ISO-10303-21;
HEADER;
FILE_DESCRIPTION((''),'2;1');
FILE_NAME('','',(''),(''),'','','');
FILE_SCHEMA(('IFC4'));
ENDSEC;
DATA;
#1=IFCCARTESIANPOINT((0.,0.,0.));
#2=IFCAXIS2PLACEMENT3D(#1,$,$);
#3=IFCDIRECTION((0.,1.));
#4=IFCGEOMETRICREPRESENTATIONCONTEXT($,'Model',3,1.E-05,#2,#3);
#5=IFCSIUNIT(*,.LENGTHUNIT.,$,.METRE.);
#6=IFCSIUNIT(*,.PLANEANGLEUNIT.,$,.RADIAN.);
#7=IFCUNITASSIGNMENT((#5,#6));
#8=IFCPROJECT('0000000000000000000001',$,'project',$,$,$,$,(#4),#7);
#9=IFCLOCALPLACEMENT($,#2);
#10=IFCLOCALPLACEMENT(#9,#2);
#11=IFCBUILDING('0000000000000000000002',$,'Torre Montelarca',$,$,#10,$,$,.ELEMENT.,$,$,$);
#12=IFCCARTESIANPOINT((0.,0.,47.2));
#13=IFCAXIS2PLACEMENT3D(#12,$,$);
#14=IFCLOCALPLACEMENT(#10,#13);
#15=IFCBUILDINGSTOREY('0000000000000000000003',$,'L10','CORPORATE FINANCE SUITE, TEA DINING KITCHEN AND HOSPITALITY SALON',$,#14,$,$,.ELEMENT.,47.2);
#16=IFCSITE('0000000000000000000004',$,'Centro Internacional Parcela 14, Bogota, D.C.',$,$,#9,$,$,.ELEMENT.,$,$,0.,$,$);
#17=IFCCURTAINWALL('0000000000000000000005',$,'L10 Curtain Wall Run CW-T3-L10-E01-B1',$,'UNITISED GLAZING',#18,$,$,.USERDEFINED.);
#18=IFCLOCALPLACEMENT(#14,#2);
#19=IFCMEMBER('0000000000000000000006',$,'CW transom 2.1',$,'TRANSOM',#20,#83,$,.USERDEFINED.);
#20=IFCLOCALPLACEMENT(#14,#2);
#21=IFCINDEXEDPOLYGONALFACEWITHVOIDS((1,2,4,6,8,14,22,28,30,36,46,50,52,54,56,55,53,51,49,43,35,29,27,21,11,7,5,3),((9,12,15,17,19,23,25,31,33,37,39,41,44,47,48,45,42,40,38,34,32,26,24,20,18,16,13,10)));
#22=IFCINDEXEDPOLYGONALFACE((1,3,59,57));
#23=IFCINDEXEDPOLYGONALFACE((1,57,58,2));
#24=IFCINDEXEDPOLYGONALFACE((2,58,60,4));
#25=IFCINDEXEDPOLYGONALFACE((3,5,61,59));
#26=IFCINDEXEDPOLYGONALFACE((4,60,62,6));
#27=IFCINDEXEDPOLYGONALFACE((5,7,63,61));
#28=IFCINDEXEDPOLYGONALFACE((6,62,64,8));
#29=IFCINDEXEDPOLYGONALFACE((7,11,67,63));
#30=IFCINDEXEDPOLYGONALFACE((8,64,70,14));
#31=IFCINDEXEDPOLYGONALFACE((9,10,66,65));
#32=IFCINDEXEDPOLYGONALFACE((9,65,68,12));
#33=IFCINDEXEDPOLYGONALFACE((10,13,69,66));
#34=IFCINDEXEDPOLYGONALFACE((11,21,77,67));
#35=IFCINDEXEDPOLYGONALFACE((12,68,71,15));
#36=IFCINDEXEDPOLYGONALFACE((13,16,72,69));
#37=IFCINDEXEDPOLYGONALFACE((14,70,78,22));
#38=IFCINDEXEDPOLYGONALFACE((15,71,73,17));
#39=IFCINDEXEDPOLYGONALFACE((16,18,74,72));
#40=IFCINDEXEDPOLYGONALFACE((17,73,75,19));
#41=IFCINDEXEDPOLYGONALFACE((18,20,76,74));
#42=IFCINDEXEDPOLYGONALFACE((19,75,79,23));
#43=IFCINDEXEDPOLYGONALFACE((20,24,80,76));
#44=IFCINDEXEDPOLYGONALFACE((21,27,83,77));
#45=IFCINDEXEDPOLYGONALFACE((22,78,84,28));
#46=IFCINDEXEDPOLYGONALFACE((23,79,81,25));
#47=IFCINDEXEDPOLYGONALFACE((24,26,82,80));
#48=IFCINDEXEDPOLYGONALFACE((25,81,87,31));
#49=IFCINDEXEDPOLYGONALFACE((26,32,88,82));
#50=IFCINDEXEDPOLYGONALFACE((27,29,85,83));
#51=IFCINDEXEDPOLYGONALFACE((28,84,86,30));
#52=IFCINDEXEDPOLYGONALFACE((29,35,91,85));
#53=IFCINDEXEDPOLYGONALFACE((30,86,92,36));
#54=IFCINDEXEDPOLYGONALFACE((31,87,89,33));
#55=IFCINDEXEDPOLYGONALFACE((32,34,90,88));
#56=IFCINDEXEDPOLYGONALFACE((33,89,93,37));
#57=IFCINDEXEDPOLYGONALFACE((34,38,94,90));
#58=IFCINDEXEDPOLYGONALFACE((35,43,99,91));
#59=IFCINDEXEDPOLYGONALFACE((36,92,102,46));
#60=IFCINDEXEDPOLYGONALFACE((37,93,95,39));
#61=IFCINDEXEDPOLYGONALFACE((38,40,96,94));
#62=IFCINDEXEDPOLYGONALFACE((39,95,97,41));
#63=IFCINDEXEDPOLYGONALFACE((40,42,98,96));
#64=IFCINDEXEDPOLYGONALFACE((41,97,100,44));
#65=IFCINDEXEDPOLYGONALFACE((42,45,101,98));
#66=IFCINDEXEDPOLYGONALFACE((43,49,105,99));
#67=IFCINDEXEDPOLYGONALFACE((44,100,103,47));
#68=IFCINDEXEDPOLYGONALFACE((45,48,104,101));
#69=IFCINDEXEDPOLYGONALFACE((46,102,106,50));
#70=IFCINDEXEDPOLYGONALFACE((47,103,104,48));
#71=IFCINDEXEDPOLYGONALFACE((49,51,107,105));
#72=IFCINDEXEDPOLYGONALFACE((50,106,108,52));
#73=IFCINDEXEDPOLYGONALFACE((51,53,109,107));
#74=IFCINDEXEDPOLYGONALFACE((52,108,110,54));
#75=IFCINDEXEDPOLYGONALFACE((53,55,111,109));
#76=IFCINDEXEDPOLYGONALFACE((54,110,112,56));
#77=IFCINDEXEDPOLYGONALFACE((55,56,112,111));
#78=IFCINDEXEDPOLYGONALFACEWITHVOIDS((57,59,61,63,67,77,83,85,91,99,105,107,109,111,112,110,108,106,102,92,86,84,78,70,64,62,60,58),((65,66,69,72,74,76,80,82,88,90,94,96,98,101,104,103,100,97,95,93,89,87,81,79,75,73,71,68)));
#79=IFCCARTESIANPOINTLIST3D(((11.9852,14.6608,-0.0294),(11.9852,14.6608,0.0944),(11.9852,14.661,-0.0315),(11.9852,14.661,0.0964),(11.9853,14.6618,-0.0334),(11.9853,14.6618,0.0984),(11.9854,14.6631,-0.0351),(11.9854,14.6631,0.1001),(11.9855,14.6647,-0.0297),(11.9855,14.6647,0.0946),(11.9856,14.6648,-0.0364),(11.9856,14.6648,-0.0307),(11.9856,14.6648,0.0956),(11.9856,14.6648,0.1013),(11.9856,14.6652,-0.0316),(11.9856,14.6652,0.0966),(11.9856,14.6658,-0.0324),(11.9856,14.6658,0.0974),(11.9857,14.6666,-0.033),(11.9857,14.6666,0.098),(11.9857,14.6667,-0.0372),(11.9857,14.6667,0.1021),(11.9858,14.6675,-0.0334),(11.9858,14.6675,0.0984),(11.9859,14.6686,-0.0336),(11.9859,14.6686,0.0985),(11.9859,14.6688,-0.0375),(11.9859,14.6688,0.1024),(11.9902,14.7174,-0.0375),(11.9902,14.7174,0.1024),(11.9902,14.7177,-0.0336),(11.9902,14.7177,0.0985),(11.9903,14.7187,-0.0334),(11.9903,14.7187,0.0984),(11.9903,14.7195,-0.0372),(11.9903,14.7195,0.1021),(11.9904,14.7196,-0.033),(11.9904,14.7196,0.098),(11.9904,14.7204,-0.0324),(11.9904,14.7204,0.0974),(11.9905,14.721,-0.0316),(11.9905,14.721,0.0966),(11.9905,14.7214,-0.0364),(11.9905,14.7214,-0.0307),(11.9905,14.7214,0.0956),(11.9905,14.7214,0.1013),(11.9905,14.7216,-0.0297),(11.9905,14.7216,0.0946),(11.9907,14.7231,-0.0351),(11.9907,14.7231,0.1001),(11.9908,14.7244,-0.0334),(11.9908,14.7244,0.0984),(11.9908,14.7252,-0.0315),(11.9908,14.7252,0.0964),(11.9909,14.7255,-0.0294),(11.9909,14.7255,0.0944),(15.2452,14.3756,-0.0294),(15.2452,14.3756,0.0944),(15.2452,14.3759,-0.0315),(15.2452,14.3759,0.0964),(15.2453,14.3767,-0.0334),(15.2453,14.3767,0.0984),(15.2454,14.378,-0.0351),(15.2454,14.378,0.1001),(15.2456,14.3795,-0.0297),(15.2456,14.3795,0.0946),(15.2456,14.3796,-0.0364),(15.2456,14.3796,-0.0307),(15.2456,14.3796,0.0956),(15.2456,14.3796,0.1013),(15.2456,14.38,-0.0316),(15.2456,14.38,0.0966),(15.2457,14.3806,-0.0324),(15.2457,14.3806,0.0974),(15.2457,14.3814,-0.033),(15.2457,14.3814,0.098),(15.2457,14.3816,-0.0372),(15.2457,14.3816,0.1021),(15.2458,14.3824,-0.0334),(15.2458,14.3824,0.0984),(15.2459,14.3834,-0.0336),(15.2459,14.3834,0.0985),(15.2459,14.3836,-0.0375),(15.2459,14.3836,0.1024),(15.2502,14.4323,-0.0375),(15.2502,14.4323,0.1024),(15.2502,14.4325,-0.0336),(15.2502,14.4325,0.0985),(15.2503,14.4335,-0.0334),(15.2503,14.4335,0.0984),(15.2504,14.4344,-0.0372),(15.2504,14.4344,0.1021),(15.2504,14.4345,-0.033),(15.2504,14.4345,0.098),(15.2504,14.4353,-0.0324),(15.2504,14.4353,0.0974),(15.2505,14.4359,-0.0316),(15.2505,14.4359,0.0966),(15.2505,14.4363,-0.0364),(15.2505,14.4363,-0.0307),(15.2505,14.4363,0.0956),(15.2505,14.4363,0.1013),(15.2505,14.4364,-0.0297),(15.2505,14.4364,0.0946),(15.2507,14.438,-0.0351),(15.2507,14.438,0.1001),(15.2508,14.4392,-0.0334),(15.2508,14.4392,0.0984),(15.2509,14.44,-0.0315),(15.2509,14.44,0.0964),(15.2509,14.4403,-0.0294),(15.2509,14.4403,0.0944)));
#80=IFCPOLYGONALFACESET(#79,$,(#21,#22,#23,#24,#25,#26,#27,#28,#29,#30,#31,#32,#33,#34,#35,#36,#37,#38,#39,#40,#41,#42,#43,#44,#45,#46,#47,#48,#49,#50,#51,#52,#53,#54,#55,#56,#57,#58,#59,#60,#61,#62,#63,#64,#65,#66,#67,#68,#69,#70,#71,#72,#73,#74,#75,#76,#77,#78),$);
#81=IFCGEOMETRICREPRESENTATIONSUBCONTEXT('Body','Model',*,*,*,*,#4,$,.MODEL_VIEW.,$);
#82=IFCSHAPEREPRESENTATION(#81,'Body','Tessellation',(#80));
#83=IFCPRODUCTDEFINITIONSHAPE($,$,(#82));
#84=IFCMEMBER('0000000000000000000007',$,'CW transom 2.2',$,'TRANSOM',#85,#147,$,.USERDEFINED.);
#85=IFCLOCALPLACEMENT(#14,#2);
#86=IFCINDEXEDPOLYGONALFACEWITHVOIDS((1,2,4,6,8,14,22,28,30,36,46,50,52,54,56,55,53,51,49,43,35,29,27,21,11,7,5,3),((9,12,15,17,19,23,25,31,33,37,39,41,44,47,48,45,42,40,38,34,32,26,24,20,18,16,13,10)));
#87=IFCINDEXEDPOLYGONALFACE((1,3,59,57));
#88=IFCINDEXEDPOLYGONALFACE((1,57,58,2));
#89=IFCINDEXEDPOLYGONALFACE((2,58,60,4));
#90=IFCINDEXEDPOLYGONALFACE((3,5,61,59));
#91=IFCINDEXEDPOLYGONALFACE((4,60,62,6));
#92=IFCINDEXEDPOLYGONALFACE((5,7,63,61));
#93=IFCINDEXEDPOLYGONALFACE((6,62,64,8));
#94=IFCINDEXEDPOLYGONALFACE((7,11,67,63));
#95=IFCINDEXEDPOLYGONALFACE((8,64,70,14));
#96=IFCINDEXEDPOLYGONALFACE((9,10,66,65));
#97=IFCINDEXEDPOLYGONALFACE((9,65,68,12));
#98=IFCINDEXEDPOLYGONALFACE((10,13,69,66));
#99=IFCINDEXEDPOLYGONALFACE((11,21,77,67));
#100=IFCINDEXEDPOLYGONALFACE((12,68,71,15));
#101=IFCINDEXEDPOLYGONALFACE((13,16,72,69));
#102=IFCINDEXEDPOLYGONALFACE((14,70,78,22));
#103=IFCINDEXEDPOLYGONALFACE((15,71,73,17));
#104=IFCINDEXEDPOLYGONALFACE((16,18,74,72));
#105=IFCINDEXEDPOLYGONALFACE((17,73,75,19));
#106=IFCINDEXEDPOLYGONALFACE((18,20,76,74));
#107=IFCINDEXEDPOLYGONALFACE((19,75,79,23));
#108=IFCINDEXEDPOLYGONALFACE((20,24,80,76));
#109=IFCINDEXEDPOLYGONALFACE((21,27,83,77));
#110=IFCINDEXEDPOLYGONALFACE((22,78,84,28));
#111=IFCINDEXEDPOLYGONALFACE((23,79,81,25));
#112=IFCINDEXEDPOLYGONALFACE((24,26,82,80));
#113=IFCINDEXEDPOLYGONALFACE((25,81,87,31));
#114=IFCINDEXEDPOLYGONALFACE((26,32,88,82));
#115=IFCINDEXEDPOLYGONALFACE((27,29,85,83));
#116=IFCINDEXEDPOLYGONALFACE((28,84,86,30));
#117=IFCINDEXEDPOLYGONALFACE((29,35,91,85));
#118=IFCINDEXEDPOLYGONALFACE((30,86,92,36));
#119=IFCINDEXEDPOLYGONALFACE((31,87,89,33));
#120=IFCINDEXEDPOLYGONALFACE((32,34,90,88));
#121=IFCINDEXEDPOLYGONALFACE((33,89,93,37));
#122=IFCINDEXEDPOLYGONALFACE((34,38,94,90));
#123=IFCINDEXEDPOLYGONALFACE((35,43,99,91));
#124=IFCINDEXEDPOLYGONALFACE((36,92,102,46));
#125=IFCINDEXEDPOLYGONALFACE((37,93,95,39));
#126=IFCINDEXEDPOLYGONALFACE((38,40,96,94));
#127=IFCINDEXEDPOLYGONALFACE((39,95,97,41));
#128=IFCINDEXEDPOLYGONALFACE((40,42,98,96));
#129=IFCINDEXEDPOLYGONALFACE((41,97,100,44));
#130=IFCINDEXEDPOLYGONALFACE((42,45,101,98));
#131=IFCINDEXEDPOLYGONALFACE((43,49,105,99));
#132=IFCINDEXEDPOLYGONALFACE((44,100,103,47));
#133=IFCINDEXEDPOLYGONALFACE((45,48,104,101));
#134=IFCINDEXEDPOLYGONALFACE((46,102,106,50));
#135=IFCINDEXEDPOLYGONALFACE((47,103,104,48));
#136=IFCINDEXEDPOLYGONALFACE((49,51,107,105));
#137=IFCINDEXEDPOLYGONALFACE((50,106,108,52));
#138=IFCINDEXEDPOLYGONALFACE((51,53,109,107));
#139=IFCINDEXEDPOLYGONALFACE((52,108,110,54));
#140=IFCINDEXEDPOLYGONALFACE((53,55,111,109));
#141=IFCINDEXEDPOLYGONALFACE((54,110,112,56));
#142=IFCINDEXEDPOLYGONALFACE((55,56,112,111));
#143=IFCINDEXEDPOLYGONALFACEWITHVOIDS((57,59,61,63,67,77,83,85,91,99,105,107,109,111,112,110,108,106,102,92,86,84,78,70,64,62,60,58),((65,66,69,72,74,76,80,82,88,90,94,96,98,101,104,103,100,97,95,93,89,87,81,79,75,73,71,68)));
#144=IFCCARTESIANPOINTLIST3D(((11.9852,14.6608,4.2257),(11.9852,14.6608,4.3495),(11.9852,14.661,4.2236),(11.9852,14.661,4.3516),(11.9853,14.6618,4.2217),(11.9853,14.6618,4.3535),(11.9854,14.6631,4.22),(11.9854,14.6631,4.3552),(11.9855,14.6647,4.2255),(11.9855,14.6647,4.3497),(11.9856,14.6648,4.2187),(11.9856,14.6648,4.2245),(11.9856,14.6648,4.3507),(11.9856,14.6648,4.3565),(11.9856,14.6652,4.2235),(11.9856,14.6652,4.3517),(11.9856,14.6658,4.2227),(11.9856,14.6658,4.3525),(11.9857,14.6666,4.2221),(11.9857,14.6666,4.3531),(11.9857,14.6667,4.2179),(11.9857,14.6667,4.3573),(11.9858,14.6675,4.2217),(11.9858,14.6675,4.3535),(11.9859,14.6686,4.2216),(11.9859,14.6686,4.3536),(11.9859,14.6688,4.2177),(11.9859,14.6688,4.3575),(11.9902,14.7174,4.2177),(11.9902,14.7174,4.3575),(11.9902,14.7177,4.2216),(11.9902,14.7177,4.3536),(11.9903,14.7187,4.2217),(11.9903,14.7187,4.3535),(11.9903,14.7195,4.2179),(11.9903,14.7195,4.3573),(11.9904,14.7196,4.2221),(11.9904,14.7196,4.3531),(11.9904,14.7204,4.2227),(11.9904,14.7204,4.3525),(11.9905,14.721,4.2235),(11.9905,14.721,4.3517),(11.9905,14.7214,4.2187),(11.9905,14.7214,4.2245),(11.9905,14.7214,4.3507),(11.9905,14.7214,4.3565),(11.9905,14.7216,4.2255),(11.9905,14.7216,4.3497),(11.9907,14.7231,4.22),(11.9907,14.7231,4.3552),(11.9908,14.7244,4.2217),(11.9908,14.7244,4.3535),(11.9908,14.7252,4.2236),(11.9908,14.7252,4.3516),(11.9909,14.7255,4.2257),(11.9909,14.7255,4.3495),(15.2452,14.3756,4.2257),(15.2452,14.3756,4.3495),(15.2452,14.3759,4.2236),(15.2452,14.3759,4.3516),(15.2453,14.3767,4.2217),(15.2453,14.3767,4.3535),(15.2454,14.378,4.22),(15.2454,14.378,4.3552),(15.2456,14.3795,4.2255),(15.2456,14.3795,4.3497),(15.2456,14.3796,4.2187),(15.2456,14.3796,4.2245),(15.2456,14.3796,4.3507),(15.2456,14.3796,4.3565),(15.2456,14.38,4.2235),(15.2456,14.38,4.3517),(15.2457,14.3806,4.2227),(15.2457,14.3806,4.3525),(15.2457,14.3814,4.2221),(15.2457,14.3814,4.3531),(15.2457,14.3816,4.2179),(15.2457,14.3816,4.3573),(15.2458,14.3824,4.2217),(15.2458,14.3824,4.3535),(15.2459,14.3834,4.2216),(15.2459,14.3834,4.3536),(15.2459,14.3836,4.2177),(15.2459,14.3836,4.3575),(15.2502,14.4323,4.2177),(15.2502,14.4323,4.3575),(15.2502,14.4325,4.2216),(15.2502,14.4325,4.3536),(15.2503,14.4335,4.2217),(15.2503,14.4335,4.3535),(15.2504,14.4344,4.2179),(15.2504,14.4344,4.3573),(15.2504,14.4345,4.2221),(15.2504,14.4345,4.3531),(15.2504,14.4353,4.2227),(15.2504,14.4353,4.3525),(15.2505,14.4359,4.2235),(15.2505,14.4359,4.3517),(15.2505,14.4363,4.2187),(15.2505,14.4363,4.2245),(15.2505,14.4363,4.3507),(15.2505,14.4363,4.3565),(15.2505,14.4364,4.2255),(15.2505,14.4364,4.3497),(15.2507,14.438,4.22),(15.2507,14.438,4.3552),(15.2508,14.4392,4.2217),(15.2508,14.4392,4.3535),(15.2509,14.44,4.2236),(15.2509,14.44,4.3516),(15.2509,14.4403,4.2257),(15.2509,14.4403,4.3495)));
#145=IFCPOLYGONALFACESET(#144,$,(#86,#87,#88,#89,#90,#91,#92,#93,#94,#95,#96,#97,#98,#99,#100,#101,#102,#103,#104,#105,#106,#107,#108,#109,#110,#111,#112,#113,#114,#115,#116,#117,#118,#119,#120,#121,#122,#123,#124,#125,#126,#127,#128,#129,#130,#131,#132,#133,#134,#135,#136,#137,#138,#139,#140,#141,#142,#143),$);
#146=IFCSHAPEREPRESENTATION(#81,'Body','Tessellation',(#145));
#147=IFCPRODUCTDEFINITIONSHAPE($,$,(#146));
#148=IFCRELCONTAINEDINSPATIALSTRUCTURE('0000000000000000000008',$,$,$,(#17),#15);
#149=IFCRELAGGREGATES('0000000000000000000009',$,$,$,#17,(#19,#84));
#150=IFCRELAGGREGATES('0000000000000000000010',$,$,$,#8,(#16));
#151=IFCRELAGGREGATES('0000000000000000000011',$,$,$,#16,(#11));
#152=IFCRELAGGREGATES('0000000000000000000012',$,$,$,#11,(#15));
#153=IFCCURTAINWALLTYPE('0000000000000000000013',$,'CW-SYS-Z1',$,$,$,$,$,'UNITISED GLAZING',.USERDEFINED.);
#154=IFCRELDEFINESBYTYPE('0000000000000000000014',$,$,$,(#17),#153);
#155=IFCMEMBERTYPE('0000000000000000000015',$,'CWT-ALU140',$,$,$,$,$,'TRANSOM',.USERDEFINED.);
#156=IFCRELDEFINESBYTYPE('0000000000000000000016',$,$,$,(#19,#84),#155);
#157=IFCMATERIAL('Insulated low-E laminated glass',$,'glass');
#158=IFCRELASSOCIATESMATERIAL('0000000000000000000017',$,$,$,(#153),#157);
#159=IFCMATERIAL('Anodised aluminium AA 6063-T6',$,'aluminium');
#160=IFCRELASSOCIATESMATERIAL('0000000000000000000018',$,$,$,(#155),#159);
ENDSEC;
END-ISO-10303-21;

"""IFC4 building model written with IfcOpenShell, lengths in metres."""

from ifc_helpers import new_model, si_unit, direction, frame, origin, origin_2d, place, context, subcontext, project, spatial, hollow_rectangle, extrude, source, transform, mapped, material, material_profile, profile_set, type_object, element, aggregate, save


model = new_model("IFC4")

# Units and contexts
model_context = context("Model", 3, precision=1e-05, world=origin(), true_north=direction((0.0, 1.0)))
body_context = subcontext(model_context, "Body", "Model", "MODEL_VIEW")
ifc_project = project(units=[si_unit("LENGTHUNIT", "METRE"), si_unit("PLANEANGLEUNIT", "RADIAN")], contexts=[model_context])

# Site, building, storey
site_placement = place(None, origin())
site = spatial("IfcSite", under=ifc_project, at=site_placement, Name="Centro Internacional Parcela 14, Bogota, D.C.", CompositionType="ELEMENT", RefElevation=0.0)
building_placement = place(site_placement, origin())
building = spatial("IfcBuilding", under=site, at=building_placement, Name="Torre Montelarca", CompositionType="ELEMENT")
storey_placement = place(building_placement, frame((0.0, 0.0, 47.2)))
storey = spatial("IfcBuildingStorey", under=building, at=storey_placement, Name="L10", Description="CORPORATE FINANCE SUITE, TEA DINING KITCHEN AND HOSPITALITY SALON", CompositionType="ELEMENT", Elevation=47.2)

# Curtain wall
ifc_material_1 = material(Name="Insulated low-E laminated glass", Category="glass")
curtain_wall_type = type_object("IfcCurtainWallType", Name="CW-SYS-Z1", ElementType="UNITISED GLAZING", PredefinedType="USERDEFINED", material=ifc_material_1)
curtain_wall_1_placement = place(storey_placement, origin())
curtain_wall_1 = element("IfcCurtainWall", 1, at=curtain_wall_1_placement, inside=storey, type_object=curtain_wall_type, Name="L10 Curtain Wall Run CW-T3-L10-E01-B1", ObjectType="UNITISED GLAZING", PredefinedType="USERDEFINED")
ifc_material_2 = material(Name="Anodised aluminium AA 6063-T6", Category="aluminium")

# Members
ifc_material_profile_1 = material_profile(ifc_material_2, hollow_rectangle(XDim=0.0649, YDim=0.1399, WallThickness=0.0039, InnerFilletRadius=0.0039, OuterFilletRadius=0.0081, at=origin_2d()), Name="ALU65X140X4", Category="aluminium")
ifc_profile_set_1 = profile_set([ifc_material_profile_1], Name="Anodised aluminium AA 6063-T6")
member_type_1 = type_object("IfcMemberType", Name="CWT-ALU140", ElementType="TRANSOM", PredefinedType="USERDEFINED", material=ifc_profile_set_1)
shared_shape_1 = source(origin(), body_context, "Body", "SweptSolid", [
    extrude(hollow_rectangle(XDim=0.0649, YDim=0.1399, WallThickness=0.0039, InnerFilletRadius=0.0039, OuterFilletRadius=0.0081, at=origin_2d()), origin(), (0.0, 0.0, 1.0), 3.2725),
])
member_1_placement = place(storey_placement, frame((11.988, 14.6931, 0.0325), z_axis=(0.996196, -0.087138, 0.0), x_axis=(0.087138, 0.996196, 0.0)))
member_1 = element("IfcMember", 2, at=member_1_placement, type_object=member_type_1, Name="CW transom 2.1", ObjectType="TRANSOM", PredefinedType="USERDEFINED", context=body_context, shape_type="MappedRepresentation", body=[
    mapped(shared_shape_1, transform((0.0, 0.0, 0.0), scale=1.0)),
])
member_2_placement = place(storey_placement, frame((11.988, 14.6931, 4.2876), z_axis=(0.996196, -0.087138, 0.0), x_axis=(0.087138, 0.996196, 0.0)))
member_2 = element("IfcMember", 3, at=member_2_placement, type_object=member_type_1, Name="CW transom 2.2", ObjectType="TRANSOM", PredefinedType="USERDEFINED", context=body_context, shape_type="MappedRepresentation", body=[
    mapped(shared_shape_1, transform((0.0, 0.0, 0.0), scale=1.0)),
])

aggregate(curtain_wall_1, [member_1, member_2])

save(model, "model.ifc")
